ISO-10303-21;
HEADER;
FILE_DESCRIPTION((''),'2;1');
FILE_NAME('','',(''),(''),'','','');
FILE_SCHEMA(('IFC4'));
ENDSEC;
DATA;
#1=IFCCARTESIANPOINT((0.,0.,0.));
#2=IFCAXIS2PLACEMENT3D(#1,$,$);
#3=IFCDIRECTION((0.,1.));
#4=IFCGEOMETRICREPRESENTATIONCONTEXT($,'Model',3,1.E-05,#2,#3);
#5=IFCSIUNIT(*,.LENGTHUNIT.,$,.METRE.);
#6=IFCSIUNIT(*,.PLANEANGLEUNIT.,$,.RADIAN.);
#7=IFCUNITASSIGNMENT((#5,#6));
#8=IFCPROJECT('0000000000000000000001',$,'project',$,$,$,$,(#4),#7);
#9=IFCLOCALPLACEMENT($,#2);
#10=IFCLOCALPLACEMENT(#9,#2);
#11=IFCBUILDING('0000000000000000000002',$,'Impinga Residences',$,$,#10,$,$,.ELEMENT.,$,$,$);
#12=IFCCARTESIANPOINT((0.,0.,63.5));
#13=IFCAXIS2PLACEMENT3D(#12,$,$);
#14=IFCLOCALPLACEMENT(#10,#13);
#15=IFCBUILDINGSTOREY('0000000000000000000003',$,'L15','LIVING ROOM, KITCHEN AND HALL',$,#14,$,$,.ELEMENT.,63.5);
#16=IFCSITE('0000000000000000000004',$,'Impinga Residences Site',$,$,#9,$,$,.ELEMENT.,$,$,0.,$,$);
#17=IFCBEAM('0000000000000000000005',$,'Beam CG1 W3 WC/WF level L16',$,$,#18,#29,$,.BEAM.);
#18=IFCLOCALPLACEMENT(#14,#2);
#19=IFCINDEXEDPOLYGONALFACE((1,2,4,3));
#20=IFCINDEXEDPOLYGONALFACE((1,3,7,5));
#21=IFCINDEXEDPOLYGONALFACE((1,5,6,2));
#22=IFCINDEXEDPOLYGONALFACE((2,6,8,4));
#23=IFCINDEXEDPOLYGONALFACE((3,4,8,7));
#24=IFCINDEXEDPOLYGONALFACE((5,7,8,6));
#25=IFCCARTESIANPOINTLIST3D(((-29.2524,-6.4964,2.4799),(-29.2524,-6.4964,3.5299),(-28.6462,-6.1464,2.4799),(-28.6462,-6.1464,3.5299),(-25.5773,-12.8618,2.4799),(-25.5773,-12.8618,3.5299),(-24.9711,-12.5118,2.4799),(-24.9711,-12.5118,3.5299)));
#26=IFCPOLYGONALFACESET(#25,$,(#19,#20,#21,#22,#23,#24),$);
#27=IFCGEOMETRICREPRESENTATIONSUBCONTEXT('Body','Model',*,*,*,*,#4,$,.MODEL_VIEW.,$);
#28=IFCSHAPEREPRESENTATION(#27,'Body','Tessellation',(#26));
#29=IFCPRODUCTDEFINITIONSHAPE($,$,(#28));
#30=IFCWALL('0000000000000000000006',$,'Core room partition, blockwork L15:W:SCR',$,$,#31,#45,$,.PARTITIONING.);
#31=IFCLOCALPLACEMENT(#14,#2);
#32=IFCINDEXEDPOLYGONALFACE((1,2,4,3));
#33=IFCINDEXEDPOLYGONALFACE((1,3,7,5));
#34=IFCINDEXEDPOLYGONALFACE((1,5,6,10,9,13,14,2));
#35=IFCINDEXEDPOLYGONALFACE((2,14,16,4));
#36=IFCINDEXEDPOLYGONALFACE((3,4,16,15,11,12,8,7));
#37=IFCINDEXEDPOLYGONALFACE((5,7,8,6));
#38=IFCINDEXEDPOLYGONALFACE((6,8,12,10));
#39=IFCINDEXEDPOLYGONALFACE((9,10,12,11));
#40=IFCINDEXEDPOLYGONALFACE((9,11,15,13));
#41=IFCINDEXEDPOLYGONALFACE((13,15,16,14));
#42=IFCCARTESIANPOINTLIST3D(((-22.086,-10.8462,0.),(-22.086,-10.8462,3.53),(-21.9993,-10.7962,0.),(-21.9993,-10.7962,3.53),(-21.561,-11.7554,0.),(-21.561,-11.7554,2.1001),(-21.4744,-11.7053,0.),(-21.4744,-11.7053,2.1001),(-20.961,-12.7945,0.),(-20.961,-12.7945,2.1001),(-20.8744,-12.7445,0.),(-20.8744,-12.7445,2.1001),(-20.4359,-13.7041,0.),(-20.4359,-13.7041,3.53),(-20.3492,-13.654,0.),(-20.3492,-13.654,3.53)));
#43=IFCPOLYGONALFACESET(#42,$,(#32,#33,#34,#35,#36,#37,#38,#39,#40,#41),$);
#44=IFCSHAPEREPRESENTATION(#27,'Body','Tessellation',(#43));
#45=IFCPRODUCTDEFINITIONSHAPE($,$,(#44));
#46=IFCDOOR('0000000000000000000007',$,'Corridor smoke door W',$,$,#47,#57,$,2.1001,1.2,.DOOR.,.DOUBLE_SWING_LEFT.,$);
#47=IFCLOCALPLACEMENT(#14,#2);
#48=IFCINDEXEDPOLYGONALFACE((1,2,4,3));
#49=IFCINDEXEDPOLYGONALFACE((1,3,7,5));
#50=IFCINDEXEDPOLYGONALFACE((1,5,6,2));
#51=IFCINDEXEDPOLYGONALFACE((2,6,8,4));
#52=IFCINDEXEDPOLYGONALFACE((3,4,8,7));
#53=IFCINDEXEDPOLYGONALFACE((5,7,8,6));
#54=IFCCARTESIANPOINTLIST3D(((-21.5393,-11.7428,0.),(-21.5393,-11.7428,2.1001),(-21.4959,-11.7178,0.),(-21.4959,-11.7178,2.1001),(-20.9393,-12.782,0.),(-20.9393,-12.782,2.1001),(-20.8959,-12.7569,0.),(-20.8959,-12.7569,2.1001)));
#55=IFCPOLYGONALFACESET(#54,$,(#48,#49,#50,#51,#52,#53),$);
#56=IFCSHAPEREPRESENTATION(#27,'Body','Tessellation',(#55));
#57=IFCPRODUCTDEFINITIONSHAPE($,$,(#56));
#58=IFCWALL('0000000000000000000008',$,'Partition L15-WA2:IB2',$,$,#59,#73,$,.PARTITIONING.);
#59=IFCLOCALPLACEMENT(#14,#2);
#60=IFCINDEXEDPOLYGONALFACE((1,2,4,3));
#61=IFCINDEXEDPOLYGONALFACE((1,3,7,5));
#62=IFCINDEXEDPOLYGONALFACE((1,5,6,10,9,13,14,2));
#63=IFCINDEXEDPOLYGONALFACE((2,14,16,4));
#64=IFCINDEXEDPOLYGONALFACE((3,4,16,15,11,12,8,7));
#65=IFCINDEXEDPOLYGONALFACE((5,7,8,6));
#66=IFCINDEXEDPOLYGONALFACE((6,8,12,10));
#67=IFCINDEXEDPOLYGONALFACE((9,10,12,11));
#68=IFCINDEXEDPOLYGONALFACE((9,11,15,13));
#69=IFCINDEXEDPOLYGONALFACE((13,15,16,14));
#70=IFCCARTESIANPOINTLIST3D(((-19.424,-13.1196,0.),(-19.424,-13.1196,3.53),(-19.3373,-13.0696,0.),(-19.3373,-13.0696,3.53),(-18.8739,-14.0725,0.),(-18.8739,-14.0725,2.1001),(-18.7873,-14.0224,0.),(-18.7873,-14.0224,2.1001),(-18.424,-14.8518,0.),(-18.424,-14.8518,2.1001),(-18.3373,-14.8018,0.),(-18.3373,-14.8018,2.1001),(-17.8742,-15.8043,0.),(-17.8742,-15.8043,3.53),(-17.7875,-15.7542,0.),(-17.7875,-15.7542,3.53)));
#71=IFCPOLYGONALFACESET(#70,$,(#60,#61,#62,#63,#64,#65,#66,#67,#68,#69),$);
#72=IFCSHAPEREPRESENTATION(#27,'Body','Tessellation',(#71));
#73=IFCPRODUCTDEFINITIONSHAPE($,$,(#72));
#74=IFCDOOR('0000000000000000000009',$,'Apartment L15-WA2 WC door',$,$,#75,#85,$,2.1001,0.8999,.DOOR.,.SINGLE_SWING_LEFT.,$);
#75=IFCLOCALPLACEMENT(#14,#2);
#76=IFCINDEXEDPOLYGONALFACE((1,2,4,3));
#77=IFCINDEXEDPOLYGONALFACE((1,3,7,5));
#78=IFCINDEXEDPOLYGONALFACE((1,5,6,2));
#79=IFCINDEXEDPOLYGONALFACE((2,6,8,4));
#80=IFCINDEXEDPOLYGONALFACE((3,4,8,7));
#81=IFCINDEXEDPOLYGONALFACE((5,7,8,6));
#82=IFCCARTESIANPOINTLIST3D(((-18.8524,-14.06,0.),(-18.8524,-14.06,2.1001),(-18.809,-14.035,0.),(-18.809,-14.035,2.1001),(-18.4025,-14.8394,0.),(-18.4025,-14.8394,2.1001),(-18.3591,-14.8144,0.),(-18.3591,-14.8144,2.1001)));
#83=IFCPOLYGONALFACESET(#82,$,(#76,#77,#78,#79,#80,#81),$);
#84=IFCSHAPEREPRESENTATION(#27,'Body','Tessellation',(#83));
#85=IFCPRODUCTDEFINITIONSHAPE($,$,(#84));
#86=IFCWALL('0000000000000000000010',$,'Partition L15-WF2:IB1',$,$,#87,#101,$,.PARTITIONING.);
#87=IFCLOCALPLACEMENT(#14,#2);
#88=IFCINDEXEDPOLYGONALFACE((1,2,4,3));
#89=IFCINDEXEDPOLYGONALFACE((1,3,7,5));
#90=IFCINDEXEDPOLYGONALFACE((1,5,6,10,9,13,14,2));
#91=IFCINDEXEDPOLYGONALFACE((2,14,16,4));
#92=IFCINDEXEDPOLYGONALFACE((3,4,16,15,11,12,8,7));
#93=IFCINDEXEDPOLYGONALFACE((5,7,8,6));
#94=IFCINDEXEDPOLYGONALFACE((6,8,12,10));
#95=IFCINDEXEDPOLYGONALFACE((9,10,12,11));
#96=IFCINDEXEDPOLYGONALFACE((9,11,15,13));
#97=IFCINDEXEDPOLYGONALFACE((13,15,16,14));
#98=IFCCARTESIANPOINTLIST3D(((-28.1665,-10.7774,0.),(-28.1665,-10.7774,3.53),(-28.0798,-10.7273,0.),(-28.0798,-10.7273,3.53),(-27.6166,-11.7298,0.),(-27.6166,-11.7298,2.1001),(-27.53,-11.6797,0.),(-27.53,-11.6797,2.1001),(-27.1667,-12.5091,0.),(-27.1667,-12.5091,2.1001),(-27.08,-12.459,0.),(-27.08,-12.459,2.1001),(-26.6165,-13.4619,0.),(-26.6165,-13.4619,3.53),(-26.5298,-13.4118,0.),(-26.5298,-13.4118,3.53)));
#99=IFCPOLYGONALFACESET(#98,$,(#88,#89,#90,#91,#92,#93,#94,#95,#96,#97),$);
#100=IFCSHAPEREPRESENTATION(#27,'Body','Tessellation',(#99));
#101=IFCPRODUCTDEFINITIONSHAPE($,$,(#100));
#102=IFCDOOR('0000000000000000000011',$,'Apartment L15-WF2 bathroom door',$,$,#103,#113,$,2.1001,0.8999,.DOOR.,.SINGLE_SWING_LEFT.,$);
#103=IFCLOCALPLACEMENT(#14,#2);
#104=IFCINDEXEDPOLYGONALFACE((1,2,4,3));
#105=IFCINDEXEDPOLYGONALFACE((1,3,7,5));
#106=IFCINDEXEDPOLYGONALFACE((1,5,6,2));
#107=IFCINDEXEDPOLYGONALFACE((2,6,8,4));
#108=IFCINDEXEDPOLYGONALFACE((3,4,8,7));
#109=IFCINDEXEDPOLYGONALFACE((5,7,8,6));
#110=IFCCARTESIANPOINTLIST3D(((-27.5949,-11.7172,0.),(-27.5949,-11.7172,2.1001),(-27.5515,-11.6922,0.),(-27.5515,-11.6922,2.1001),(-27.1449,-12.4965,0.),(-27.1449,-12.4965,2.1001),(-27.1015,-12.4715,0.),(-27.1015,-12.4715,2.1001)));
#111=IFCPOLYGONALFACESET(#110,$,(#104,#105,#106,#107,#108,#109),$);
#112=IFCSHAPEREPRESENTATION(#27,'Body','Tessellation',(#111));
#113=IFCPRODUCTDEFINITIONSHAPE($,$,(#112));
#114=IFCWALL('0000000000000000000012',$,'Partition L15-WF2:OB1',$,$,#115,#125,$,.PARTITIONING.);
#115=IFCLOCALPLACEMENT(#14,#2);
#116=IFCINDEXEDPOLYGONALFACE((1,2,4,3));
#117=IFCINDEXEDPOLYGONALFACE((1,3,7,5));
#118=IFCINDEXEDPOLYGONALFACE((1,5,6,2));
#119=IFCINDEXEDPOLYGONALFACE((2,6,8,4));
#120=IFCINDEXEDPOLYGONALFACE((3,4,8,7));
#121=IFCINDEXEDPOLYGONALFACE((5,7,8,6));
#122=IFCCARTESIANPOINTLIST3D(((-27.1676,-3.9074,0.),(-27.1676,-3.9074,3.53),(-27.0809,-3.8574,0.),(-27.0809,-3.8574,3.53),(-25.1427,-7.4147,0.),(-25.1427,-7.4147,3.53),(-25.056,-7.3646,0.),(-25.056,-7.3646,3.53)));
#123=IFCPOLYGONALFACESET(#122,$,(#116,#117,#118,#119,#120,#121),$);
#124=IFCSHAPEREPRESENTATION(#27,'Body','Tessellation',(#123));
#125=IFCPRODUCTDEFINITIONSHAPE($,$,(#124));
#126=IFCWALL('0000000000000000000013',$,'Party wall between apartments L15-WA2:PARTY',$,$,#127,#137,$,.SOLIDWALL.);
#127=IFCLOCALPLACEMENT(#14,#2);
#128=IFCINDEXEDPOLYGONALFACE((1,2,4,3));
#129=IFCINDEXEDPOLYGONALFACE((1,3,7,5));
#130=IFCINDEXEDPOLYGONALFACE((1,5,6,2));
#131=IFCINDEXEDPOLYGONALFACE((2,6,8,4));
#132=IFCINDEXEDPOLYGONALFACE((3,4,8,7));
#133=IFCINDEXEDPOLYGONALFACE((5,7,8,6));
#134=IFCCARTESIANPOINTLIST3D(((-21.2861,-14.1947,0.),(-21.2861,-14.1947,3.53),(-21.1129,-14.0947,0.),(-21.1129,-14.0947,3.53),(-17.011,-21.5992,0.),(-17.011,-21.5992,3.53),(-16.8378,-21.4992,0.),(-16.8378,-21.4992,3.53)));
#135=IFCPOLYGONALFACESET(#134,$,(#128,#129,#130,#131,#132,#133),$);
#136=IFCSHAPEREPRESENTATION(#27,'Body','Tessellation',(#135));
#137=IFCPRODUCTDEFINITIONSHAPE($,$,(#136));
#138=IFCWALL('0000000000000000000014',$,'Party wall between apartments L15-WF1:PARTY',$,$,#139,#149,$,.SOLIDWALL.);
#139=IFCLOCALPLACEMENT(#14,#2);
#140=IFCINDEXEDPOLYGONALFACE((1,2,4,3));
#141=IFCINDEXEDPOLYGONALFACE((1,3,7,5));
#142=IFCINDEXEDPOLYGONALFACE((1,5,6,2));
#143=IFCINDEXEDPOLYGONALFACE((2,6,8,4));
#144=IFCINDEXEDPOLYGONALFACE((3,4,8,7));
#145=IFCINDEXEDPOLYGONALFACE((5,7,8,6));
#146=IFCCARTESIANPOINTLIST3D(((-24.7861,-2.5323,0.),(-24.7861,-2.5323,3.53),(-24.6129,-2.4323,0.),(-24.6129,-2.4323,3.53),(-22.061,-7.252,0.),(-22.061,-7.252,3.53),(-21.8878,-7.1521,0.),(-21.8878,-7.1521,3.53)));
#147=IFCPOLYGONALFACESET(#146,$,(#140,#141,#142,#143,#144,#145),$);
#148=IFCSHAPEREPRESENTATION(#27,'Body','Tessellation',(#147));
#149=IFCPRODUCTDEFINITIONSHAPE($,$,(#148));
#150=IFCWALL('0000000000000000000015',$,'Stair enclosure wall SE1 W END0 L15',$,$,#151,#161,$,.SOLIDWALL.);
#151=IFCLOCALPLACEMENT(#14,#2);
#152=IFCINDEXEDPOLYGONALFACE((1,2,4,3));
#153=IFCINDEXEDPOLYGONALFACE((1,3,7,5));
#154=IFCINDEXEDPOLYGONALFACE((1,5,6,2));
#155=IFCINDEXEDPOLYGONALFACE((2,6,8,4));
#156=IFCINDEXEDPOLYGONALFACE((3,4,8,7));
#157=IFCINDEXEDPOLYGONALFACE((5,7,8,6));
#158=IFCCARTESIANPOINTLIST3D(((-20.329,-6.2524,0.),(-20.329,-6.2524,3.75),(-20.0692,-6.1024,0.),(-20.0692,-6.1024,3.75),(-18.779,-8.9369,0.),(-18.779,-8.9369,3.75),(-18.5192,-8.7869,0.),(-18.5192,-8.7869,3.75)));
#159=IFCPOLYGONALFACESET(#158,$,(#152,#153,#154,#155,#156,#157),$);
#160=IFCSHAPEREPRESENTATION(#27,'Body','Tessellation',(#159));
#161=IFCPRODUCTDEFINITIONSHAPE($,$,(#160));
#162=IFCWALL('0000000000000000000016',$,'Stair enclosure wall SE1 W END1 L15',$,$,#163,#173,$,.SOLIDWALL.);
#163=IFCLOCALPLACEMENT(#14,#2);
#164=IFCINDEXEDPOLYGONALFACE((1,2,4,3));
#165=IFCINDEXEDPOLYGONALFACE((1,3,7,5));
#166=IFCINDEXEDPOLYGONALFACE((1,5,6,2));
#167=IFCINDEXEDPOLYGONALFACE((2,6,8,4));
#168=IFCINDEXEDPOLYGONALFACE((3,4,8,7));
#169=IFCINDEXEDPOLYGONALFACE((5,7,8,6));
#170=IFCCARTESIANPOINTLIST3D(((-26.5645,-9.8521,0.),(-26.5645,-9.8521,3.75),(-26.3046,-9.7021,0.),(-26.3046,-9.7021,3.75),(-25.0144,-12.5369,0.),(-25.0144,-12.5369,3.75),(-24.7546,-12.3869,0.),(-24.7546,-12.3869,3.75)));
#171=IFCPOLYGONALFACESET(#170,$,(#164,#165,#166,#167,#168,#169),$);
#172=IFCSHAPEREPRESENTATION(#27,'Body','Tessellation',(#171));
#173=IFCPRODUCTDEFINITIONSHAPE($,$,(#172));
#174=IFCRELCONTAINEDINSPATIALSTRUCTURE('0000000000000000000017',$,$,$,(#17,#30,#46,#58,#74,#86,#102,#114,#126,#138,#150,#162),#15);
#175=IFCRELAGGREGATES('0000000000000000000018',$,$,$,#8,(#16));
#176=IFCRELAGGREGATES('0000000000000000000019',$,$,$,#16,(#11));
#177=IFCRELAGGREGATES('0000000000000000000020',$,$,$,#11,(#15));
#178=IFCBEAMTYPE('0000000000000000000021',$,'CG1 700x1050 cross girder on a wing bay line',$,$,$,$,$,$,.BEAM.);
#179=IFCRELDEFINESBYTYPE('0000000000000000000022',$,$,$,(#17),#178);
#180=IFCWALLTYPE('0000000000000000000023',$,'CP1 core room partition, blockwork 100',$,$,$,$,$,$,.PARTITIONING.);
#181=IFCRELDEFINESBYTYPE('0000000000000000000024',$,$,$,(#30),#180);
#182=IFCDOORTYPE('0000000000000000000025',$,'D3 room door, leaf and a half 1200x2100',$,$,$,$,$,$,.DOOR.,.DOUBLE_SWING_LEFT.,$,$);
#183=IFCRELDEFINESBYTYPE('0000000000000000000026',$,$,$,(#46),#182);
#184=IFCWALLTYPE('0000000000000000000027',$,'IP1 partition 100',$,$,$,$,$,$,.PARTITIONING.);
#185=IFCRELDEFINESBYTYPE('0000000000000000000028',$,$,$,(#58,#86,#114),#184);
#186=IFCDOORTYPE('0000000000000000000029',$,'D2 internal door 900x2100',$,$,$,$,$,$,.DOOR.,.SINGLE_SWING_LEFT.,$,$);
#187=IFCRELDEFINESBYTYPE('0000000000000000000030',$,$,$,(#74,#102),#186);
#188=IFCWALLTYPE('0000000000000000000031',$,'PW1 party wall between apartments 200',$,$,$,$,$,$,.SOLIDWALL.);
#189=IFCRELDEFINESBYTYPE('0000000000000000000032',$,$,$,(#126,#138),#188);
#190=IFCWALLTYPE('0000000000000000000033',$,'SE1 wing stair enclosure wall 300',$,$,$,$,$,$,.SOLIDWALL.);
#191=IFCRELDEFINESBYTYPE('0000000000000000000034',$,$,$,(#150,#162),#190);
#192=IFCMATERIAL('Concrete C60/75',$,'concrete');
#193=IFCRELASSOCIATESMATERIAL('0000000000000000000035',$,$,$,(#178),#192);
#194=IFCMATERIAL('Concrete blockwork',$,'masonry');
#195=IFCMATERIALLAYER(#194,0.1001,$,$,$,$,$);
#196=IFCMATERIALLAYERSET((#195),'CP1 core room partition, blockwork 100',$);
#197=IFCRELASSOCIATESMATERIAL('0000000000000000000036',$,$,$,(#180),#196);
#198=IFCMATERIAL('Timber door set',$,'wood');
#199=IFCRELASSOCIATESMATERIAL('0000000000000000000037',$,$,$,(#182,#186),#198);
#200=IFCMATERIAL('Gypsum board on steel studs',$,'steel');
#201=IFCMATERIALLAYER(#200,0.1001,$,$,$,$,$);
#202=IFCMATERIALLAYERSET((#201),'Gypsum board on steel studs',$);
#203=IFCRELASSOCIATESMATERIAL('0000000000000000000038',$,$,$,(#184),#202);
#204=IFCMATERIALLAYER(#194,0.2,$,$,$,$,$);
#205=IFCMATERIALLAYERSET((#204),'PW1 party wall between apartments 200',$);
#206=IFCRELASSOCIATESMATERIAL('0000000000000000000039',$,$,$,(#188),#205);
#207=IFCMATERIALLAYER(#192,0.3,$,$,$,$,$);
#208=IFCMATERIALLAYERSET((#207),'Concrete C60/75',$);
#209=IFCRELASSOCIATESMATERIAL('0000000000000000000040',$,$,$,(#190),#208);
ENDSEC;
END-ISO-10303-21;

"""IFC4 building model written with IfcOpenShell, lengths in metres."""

from ifc_helpers import new_model, si_unit, direction, frame, frame_2d, origin, origin_2d, place, context, subcontext, project, spatial, rectangle, extrude, material, layer, layer_set, material_profile, profile_set, type_object, element, fill, save


model = new_model("IFC4")

# Units and contexts
model_context = context("Model", 3, precision=1e-05, world=origin(), true_north=direction((0.0, 1.0)))
body_context = subcontext(model_context, "Body", "Model", "MODEL_VIEW")
ifc_project = project(units=[si_unit("LENGTHUNIT", "METRE"), si_unit("PLANEANGLEUNIT", "RADIAN")], contexts=[model_context])

# Site, building, storey
site_placement = place(None, origin())
site = spatial("IfcSite", under=ifc_project, at=site_placement, Name="Impinga Residences Site", CompositionType="ELEMENT", RefElevation=0.0)
building_placement = place(site_placement, origin())
building = spatial("IfcBuilding", under=site, at=building_placement, Name="Impinga Residences", CompositionType="ELEMENT")
storey_placement = place(building_placement, frame((0.0, 0.0, 63.5)))
storey = spatial("IfcBuildingStorey", under=building, at=storey_placement, Name="L15", Description="LIVING ROOM, KITCHEN AND HALL", CompositionType="ELEMENT", Elevation=63.5)

# Beam
ifc_material_1 = material(Name="Concrete C60/75", Category="concrete")
ifc_material_profile = material_profile(ifc_material_1, rectangle(XDim=0.7, YDim=1.05, at=origin_2d()), Name="RC 700x1050")
ifc_profile_set = profile_set([ifc_material_profile], Name="Concrete C60/75")
beam_type = type_object("IfcBeamType", Name="CG1 700x1050 cross girder on a wing bay line", PredefinedType="BEAM", material=ifc_profile_set)
beam_placement = place(storey_placement, frame((-25.2742, -12.6868, 3.0049), z_axis=(-0.500008, 0.866021, 0.0), x_axis=(-0.866021, -0.500008, 0.0)))
element("IfcBeam", 1, at=beam_placement, inside=storey, type_object=beam_type, Name="Beam CG1 W3 WC/WF level L16", PredefinedType="BEAM", context=body_context, shape_type="SweptSolid", body=[
    extrude(rectangle(XDim=0.7, YDim=1.05, at=origin_2d()), origin(), (0.0, 0.0, 1.0), 7.3501),
])

# Walls, openings, doors
ifc_material_2 = material(Name="Concrete blockwork", Category="masonry")
ifc_layer_1 = layer(ifc_material_2, 0.1001)
ifc_layer_set_1 = layer_set([ifc_layer_1], Name="CP1 core room partition, blockwork 100")
wall_type_1 = type_object("IfcWallType", Name="CP1 core room partition, blockwork 100", PredefinedType="PARTITIONING", material=ifc_layer_set_1)
wall_1_placement = place(storey_placement, frame((-20.3926, -13.679, 0.0), z_axis=(0.0, 0.0, 1.0), x_axis=(-0.50003, 0.866008, 0.0)))
wall_1 = element("IfcWall", 2, at=wall_1_placement, inside=storey, type_object=wall_type_1, Name="Core room partition, blockwork L15:W:SCR", PredefinedType="PARTITIONING", context=body_context, shape_type="SweptSolid", body=[
    extrude(rectangle(XDim=3.3, YDim=0.1001, at=frame_2d((1.6499, 0.0))), origin(), (0.0, 0.0, 1.0), 3.53),
])
opening_1_placement = place(wall_1_placement, frame((1.05, 0.0, 0.0)))
opening_1 = element("IfcOpeningElement", 3, at=opening_1_placement, cuts=wall_1, PredefinedType="OPENING", context=body_context, shape_type="SweptSolid", body=[
    extrude(rectangle(XDim=1.2, YDim=2.1001, at=frame_2d((0.6001, 1.05))), frame((0.0, 0.0601, 0.0), z_axis=(0.0, -1.0, 0.0), x_axis=(1.0, 0.0, 0.0)), (0.0, 0.0, 1.0), 0.1201),
])
ifc_material_3 = material(Name="Timber door set", Category="wood")
door_type_1 = type_object("IfcDoorType", Name="D3 room door, leaf and a half 1200x2100", OperationType="DOUBLE_SWING_LEFT", PredefinedType="DOOR", material=ifc_material_3)
door_1_placement = place(opening_1_placement, origin())
door_1 = element("IfcDoor", 4, at=door_1_placement, inside=storey, type_object=door_type_1, Name="Corridor smoke door W", OperationType="DOUBLE_SWING_LEFT", OverallHeight=2.1001, OverallWidth=1.2, PredefinedType="DOOR", context=body_context, shape_type="SweptSolid", body=[
    extrude(rectangle(XDim=1.2, YDim=2.1001, at=frame_2d((0.6001, 1.05))), frame((0.0, 0.0249, 0.0), z_axis=(0.0, -1.0, 0.0), x_axis=(1.0, 0.0, 0.0)), (0.0, 0.0, 1.0), 0.05),
])
fill(opening_1, door_1)
ifc_material_4 = material(Name="Gypsum board on steel studs", Category="steel")
ifc_layer_2 = layer(ifc_material_4, 0.1001)
ifc_layer_set_2 = layer_set([ifc_layer_2], Name="Gypsum board on steel studs")
wall_type_2 = type_object("IfcWallType", Name="IP1 partition 100", PredefinedType="PARTITIONING", material=ifc_layer_set_2)
wall_2_placement = place(storey_placement, frame((-19.3806, -13.0947, 0.0), z_axis=(0.0, 0.0, 1.0), x_axis=(0.499968, -0.866044, 0.0)))
wall_2 = element("IfcWall", 5, at=wall_2_placement, inside=storey, type_object=wall_type_2, Name="Partition L15-WA2:IB2", PredefinedType="PARTITIONING", context=body_context, shape_type="SweptSolid", body=[
    extrude(rectangle(XDim=3.0999, YDim=0.1001, at=frame_2d((1.5498, 0.0))), origin(), (0.0, 0.0, 1.0), 3.53),
])
opening_2_placement = place(wall_2_placement, frame((1.1001, 0.0, 0.0)))
opening_2 = element("IfcOpeningElement", 6, at=opening_2_placement, cuts=wall_2, PredefinedType="OPENING", context=body_context, shape_type="SweptSolid", body=[
    extrude(rectangle(XDim=0.8999, YDim=2.1001, at=frame_2d((0.45, 1.05))), frame((0.0, 0.0601, 0.0), z_axis=(0.0, -1.0, 0.0), x_axis=(1.0, 0.0, 0.0)), (0.0, 0.0, 1.0), 0.1201),
])
door_type_2 = type_object("IfcDoorType", Name="D2 internal door 900x2100", OperationType="SINGLE_SWING_LEFT", PredefinedType="DOOR", material=ifc_material_3)
door_2_placement = place(opening_2_placement, origin())
door_2 = element("IfcDoor", 7, at=door_2_placement, inside=storey, type_object=door_type_2, Name="Apartment L15-WA2 WC door", OperationType="SINGLE_SWING_LEFT", OverallHeight=2.1001, OverallWidth=0.8999, PredefinedType="DOOR", context=body_context, shape_type="SweptSolid", body=[
    extrude(rectangle(XDim=0.8999, YDim=2.1001, at=frame_2d((0.45, 1.05))), frame((0.0, 0.0249, 0.0), z_axis=(0.0, -1.0, 0.0), x_axis=(1.0, 0.0, 0.0)), (0.0, 0.0, 1.0), 0.05),
])
fill(opening_2, door_2)
wall_3_placement = place(storey_placement, frame((-26.5732, -13.4368, 0.0), z_axis=(0.0, 0.0, 1.0), x_axis=(-0.500027, 0.86601, 0.0)))
wall_3 = element("IfcWall", 8, at=wall_3_placement, inside=storey, type_object=wall_type_2, Name="Partition L15-WF2:IB1", PredefinedType="PARTITIONING", context=body_context, shape_type="SweptSolid", body=[
    extrude(rectangle(XDim=3.0999, YDim=0.1001, at=frame_2d((1.5498, 0.0))), origin(), (0.0, 0.0, 1.0), 3.53),
])
opening_3_placement = place(wall_3_placement, frame((1.1001, 0.0, 0.0)))
opening_3 = element("IfcOpeningElement", 9, at=opening_3_placement, cuts=wall_3, PredefinedType="OPENING", context=body_context, shape_type="SweptSolid", body=[
    extrude(rectangle(XDim=0.8999, YDim=2.1001, at=frame_2d((0.45, 1.05))), frame((0.0, 0.0601, 0.0), z_axis=(0.0, -1.0, 0.0), x_axis=(1.0, 0.0, 0.0)), (0.0, 0.0, 1.0), 0.1201),
])
door_3_placement = place(opening_3_placement, origin())
door_3 = element("IfcDoor", 10, at=door_3_placement, inside=storey, type_object=door_type_2, Name="Apartment L15-WF2 bathroom door", OperationType="SINGLE_SWING_LEFT", OverallHeight=2.1001, OverallWidth=0.8999, PredefinedType="DOOR", context=body_context, shape_type="SweptSolid", body=[
    extrude(rectangle(XDim=0.8999, YDim=2.1001, at=frame_2d((0.45, 1.05))), frame((0.0, 0.0249, 0.0), z_axis=(0.0, -1.0, 0.0), x_axis=(1.0, 0.0, 0.0)), (0.0, 0.0, 1.0), 0.05),
])
fill(opening_3, door_3)

# Walls
wall_4_placement = place(storey_placement, frame((-25.0994, -7.3896, 0.0), z_axis=(0.0, 0.0, 1.0), x_axis=(-0.49999, 0.866031, 0.0)))
element("IfcWall", 11, at=wall_4_placement, inside=storey, type_object=wall_type_2, Name="Partition L15-WF2:OB1", PredefinedType="PARTITIONING", context=body_context, shape_type="SweptSolid", body=[
    extrude(rectangle(XDim=4.0498, YDim=0.1001, at=frame_2d((2.0249, 0.0))), origin(), (0.0, 0.0, 1.0), 3.53),
])
ifc_layer_3 = layer(ifc_material_2, 0.2)
ifc_layer_set_3 = layer_set([ifc_layer_3], Name="PW1 party wall between apartments 200")
wall_type_3 = type_object("IfcWallType", Name="PW1 party wall between apartments 200", PredefinedType="SOLIDWALL", material=ifc_layer_set_3)
wall_5_placement = place(storey_placement, frame((-21.1995, -14.1448, 0.0), z_axis=(0.0, 0.0, 1.0), x_axis=(0.500012, -0.866019, 0.0)))
element("IfcWall", 12, at=wall_5_placement, inside=storey, type_object=wall_type_3, Name="Party wall between apartments L15-WA2:PARTY", PredefinedType="SOLIDWALL", context=body_context, shape_type="SweptSolid", body=[
    extrude(rectangle(XDim=8.55, YDim=0.2, at=frame_2d((4.2749, 0.0))), origin(), (0.0, 0.0, 1.0), 3.53),
])
wall_6_placement = place(storey_placement, frame((-21.9744, -7.2021, 0.0), z_axis=(0.0, 0.0, 1.0), x_axis=(-0.500022, 0.866013, 0.0)))
element("IfcWall", 13, at=wall_6_placement, inside=storey, type_object=wall_type_3, Name="Party wall between apartments L15-WF1:PARTY", PredefinedType="SOLIDWALL", context=body_context, shape_type="SweptSolid", body=[
    extrude(rectangle(XDim=5.45, YDim=0.2, at=frame_2d((2.7251, 0.0))), origin(), (0.0, 0.0, 1.0), 3.53),
])
ifc_layer_4 = layer(ifc_material_1, 0.3)
ifc_layer_set_4 = layer_set([ifc_layer_4], Name="Concrete C60/75")
wall_type_4 = type_object("IfcWallType", Name="SE1 wing stair enclosure wall 300", PredefinedType="SOLIDWALL", material=ifc_layer_set_4)
wall_7_placement = place(storey_placement, frame((-18.6492, -8.8618, 0.0), z_axis=(0.0, 0.0, 1.0), x_axis=(-0.500027, 0.86601, 0.0)))
element("IfcWall", 14, at=wall_7_placement, inside=storey, type_object=wall_type_4, Name="Stair enclosure wall SE1 W END0 L15", PredefinedType="SOLIDWALL", context=body_context, shape_type="SweptSolid", body=[
    extrude(rectangle(XDim=3.0999, YDim=0.3, at=frame_2d((1.5498, 0.0))), origin(), (0.0, 0.0, 1.0), 3.75),
])
wall_8_placement = place(storey_placement, frame((-24.8845, -12.4619, 0.0), z_axis=(0.0, 0.0, 1.0), x_axis=(-0.499993, 0.86603, 0.0)))
element("IfcWall", 15, at=wall_8_placement, inside=storey, type_object=wall_type_4, Name="Stair enclosure wall SE1 W END1 L15", PredefinedType="SOLIDWALL", context=body_context, shape_type="SweptSolid", body=[
    extrude(rectangle(XDim=3.1001, YDim=0.3, at=frame_2d((1.55, 0.0))), origin(), (0.0, 0.0, 1.0), 3.75),
])

save(model, "model.ifc")
